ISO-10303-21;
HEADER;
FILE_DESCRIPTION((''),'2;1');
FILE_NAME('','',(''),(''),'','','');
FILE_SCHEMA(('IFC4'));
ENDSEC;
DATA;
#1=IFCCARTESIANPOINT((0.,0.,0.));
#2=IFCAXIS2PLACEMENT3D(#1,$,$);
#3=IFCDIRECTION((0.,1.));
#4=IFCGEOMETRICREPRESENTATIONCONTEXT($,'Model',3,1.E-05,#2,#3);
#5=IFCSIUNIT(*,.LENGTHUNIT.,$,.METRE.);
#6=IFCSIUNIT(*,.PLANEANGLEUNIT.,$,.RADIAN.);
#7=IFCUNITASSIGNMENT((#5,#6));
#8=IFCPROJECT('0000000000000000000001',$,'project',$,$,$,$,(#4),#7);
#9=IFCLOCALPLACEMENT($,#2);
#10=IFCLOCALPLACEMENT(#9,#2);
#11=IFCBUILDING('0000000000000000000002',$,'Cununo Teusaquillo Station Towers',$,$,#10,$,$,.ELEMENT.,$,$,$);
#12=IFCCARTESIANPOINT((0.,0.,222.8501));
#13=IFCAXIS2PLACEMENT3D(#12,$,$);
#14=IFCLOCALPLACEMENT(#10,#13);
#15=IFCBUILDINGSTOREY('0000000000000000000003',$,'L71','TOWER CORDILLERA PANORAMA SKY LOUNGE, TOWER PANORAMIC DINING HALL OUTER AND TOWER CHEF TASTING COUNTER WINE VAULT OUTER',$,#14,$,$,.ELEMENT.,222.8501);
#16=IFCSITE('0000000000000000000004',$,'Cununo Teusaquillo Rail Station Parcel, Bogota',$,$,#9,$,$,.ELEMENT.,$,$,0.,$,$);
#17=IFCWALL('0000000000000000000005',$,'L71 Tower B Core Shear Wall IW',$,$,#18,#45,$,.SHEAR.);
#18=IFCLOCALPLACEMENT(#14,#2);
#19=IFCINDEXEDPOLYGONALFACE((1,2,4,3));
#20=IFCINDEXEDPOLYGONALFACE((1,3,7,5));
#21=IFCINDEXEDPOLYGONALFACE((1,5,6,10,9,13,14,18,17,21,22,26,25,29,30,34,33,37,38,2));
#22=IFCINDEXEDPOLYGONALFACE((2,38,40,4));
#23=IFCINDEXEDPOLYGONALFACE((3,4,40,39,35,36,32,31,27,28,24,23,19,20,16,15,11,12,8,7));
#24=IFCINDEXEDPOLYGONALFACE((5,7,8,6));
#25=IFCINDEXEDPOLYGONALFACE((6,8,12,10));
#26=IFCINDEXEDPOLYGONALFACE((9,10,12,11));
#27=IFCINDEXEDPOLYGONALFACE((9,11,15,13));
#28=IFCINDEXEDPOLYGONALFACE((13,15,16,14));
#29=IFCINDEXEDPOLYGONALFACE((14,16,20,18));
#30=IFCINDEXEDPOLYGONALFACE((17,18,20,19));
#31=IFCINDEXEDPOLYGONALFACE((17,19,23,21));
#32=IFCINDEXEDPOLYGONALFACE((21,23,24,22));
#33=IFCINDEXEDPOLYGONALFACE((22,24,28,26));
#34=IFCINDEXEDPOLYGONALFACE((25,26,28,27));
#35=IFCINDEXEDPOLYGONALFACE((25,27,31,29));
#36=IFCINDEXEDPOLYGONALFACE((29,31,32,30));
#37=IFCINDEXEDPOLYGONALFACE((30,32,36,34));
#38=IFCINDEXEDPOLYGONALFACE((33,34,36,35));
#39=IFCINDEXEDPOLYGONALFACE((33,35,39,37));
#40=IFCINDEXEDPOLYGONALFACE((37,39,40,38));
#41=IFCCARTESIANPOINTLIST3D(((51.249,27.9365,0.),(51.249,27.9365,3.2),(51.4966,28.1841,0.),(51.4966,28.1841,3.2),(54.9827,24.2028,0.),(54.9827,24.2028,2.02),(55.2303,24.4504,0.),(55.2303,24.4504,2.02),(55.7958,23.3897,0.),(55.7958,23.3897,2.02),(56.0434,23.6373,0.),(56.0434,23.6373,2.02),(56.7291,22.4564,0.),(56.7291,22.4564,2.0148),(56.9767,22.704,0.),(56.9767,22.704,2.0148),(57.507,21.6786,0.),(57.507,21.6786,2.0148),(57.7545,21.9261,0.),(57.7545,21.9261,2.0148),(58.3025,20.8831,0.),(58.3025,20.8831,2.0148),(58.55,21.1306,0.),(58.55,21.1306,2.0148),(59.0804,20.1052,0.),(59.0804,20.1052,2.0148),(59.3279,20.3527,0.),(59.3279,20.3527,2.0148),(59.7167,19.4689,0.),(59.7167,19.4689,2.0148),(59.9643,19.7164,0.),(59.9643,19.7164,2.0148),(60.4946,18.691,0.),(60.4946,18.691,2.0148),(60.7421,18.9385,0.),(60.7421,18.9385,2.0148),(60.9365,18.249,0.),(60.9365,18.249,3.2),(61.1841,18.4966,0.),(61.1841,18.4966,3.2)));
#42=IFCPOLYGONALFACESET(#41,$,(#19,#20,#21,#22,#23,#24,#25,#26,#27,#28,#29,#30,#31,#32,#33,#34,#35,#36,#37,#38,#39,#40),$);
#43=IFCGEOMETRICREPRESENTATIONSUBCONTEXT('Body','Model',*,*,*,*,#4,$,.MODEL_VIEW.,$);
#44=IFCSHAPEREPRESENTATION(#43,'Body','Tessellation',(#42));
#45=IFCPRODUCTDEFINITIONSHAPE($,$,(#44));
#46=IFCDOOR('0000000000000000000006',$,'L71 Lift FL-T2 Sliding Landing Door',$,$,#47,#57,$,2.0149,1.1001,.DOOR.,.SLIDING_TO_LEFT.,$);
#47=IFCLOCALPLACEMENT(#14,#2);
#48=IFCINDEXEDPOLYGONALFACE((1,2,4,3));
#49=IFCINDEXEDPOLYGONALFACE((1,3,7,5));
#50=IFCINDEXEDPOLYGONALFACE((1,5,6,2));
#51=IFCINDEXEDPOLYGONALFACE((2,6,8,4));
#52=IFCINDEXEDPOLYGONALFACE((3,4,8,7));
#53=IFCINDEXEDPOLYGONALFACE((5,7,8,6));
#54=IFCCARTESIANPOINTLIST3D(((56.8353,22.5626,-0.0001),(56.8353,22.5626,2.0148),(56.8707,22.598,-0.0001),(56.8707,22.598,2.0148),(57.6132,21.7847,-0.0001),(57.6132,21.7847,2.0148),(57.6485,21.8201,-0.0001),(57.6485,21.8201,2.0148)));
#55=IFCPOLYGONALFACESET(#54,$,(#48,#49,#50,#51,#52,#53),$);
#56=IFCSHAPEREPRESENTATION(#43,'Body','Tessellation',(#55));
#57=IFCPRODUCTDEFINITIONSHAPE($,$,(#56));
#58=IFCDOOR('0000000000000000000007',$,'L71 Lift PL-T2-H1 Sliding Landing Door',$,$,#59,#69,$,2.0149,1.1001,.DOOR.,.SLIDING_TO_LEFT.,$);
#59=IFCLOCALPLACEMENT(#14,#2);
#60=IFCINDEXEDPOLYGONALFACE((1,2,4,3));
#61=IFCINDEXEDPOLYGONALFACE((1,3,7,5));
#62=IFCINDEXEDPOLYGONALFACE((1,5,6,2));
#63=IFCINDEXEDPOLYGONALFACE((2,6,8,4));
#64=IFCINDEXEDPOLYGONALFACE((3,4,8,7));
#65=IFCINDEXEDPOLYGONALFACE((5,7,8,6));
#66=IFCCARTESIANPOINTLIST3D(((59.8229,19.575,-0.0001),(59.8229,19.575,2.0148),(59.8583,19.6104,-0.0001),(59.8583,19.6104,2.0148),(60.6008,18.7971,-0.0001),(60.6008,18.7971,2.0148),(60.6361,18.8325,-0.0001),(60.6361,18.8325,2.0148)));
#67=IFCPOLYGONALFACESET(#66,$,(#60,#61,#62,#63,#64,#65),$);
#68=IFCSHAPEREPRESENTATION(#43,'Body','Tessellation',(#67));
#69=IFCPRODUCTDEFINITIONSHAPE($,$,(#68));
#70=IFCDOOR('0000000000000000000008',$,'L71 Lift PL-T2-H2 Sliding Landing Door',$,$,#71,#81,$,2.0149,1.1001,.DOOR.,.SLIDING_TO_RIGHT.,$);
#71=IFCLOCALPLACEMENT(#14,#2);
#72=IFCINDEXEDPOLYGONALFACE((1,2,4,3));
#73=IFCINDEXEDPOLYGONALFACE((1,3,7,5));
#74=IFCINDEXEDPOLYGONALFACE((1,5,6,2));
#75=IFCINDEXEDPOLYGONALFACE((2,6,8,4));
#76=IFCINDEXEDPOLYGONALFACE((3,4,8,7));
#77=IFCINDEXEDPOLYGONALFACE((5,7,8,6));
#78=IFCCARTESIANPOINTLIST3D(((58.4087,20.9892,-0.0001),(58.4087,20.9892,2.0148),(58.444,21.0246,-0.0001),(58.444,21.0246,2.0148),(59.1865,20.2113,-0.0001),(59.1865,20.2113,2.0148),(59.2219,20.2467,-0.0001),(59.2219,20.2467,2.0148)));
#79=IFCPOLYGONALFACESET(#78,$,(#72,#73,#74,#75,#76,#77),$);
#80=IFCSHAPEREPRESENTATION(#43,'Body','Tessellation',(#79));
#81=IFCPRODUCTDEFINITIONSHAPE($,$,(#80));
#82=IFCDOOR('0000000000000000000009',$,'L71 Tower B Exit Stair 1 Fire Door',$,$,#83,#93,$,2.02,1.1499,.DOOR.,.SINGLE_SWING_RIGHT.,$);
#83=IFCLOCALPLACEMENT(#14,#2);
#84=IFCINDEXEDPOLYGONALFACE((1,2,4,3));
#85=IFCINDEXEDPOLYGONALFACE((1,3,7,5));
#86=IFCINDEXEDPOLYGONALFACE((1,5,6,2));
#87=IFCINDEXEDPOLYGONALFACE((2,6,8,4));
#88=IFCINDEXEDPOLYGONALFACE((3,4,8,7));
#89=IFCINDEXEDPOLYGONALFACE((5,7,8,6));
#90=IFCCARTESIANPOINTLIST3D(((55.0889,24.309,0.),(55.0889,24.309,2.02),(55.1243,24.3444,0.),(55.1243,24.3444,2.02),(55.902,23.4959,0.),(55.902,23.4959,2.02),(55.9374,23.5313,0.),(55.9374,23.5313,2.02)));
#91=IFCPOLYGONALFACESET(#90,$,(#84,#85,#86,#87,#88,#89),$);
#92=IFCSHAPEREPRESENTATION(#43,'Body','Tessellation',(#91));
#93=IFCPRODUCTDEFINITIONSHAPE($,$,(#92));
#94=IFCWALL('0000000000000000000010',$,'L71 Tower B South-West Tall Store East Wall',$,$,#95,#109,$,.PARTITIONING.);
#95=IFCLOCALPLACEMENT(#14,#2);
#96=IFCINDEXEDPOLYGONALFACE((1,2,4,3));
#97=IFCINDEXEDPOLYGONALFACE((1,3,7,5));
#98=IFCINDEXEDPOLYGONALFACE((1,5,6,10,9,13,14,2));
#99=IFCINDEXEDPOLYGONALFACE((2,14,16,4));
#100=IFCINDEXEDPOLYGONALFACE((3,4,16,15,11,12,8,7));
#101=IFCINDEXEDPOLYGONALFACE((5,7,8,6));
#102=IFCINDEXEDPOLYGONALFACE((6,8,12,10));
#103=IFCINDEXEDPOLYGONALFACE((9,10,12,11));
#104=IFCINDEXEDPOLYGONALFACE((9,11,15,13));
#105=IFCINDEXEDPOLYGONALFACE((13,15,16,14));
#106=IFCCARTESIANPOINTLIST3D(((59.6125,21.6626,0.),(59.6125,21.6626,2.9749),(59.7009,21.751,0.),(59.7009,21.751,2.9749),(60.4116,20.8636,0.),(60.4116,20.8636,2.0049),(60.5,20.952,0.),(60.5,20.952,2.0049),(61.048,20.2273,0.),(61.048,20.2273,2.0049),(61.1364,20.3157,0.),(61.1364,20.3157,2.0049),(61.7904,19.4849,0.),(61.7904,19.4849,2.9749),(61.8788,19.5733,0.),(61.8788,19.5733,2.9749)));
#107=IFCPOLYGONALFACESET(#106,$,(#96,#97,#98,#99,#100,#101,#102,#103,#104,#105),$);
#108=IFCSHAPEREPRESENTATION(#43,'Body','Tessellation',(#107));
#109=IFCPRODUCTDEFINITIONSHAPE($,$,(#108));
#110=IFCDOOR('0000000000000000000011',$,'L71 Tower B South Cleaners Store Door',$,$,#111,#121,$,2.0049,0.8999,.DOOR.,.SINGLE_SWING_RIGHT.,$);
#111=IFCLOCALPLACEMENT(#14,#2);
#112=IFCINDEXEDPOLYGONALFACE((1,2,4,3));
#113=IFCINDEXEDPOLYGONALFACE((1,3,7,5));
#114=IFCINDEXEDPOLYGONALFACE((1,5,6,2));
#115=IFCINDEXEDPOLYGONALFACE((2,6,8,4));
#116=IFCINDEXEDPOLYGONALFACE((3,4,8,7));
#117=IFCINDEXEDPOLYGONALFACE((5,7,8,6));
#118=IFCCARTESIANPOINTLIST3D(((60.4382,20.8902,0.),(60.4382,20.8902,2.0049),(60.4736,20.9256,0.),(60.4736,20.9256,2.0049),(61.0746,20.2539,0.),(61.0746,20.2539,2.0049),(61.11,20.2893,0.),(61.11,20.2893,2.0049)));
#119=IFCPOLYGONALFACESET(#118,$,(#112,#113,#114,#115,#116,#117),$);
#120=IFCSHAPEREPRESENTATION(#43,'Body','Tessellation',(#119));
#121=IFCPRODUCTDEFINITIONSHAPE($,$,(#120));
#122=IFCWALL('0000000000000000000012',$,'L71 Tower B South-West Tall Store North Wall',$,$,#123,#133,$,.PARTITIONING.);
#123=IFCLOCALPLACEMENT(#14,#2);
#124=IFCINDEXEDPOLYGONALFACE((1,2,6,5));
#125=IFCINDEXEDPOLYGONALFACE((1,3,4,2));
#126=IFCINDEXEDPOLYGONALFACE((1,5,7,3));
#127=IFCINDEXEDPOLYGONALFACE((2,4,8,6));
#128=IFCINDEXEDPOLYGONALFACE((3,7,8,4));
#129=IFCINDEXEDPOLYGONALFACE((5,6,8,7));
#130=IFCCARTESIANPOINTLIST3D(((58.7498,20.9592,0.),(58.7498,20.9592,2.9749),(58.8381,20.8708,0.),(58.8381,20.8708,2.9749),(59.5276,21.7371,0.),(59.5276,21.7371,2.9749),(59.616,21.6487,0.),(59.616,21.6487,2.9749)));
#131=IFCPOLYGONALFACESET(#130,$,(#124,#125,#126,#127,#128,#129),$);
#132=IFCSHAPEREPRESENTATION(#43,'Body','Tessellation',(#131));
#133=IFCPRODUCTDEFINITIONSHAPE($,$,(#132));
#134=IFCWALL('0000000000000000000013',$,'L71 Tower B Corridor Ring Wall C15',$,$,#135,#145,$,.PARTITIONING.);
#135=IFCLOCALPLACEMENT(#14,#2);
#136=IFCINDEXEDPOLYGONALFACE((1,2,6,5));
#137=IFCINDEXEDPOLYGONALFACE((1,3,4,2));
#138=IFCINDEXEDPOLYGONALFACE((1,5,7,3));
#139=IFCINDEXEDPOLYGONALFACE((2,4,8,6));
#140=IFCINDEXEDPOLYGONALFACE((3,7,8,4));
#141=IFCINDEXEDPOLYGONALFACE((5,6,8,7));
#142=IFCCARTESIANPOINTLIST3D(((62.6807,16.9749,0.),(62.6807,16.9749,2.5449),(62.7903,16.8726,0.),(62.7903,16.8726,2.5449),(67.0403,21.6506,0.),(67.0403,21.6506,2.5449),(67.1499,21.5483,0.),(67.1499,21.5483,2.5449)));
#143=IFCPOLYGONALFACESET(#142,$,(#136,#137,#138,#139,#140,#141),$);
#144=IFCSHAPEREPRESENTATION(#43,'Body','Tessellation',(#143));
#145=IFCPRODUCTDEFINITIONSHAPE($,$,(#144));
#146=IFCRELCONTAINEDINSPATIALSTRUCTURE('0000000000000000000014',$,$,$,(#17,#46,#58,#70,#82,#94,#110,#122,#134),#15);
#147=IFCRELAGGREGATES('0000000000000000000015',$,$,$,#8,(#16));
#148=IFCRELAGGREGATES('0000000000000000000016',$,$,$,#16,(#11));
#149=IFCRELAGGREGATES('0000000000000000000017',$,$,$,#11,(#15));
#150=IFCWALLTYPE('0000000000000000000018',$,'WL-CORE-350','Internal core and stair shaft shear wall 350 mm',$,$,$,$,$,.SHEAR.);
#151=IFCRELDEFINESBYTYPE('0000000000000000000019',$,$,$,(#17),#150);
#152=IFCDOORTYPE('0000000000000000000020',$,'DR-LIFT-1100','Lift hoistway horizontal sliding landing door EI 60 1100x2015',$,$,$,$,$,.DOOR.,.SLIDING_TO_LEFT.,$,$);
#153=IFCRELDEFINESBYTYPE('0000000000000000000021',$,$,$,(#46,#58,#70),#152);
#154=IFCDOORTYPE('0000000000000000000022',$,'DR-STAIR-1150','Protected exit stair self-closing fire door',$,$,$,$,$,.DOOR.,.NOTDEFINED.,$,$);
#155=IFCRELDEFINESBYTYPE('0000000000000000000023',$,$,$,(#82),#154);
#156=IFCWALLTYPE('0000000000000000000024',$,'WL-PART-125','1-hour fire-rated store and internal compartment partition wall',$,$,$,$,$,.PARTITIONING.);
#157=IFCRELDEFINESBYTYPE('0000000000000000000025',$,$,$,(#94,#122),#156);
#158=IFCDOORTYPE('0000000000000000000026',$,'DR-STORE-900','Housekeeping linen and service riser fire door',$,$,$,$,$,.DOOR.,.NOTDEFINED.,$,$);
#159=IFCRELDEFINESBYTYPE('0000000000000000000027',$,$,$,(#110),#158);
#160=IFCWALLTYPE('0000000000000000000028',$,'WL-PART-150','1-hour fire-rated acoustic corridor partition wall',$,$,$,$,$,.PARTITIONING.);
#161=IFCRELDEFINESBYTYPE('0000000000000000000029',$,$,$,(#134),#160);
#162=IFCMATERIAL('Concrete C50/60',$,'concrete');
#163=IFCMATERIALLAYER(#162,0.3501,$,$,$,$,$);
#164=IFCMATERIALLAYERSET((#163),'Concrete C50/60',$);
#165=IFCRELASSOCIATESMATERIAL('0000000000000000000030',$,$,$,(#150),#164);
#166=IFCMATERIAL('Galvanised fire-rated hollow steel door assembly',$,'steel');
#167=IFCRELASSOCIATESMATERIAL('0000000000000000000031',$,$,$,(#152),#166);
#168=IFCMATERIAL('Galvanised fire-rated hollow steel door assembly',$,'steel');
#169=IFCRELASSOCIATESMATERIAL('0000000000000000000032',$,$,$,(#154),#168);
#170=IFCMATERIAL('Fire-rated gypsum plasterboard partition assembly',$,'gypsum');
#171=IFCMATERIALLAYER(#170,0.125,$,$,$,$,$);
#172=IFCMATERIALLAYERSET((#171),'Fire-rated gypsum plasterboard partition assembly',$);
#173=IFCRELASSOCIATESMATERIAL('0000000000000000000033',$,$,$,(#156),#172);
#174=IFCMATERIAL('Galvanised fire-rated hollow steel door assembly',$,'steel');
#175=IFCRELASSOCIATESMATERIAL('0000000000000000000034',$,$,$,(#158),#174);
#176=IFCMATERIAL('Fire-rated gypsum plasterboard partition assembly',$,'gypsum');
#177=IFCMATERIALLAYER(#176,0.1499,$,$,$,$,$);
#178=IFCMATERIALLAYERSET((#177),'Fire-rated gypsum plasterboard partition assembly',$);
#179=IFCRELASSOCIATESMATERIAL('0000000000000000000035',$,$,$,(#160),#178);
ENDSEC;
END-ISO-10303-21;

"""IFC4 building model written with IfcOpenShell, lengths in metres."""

from ifc_helpers import new_model, si_unit, direction, frame, frame_2d, origin, place, context, subcontext, project, spatial, rectangle, extrude, source, transform, mapped, material, layer, layer_set, type_object, element, fill, save


model = new_model("IFC4")

# Units and contexts
model_context = context("Model", 3, precision=1e-05, world=origin(), true_north=direction((0.0, 1.0)))
body_context = subcontext(model_context, "Body", "Model", "MODEL_VIEW")
ifc_project = project(units=[si_unit("LENGTHUNIT", "METRE"), si_unit("PLANEANGLEUNIT", "RADIAN")], contexts=[model_context])

# Site, building, storey
site_placement = place(None, origin())
site = spatial("IfcSite", under=ifc_project, at=site_placement, Name="Cununo Teusaquillo Rail Station Parcel, Bogota", CompositionType="ELEMENT", RefElevation=0.0)
building_placement = place(site_placement, origin())
building = spatial("IfcBuilding", under=site, at=building_placement, Name="Cununo Teusaquillo Station Towers", CompositionType="ELEMENT")
storey_placement = place(building_placement, frame((0.0, 0.0, 222.8501)))
storey = spatial("IfcBuildingStorey", under=building, at=storey_placement, Name="L71", Description="TOWER CORDILLERA PANORAMA SKY LOUNGE, TOWER PANORAMIC DINING HALL OUTER AND TOWER CHEF TASTING COUNTER WINE VAULT OUTER", CompositionType="ELEMENT", Elevation=222.8501)

# Wall, openings, doors
ifc_material_1 = material(Name="Concrete C50/60", Category="concrete")
ifc_layer_1 = layer(ifc_material_1, 0.3501)
ifc_layer_set_1 = layer_set([ifc_layer_1], Name="Concrete C50/60")
wall_type_1 = type_object("IfcWallType", Name="WL-CORE-350", Description="Internal core and stair shaft shear wall 350 mm", PredefinedType="SHEAR", material=ifc_layer_set_1)
wall_1_placement = place(storey_placement, frame((61.0603, 18.3728, 0.0), z_axis=(0.0, 0.0, 1.0), x_axis=(-0.707107, 0.707107, 0.0)))
wall_1 = element("IfcWall", 1, at=wall_1_placement, inside=storey, type_object=wall_type_1, Name="L71 Tower B Core Shear Wall IW", PredefinedType="SHEAR", context=body_context, shape_type="SweptSolid", body=[
    extrude(rectangle(XDim=13.7002, YDim=0.3501, at=frame_2d((6.8501, 0.0))), origin(), (0.0, 0.0, 1.0), 3.2),
])
shared_shape_1 = source(origin(), body_context, "Body", "SweptSolid", [
    extrude(rectangle(XDim=1.1001, YDim=2.0149, at=frame_2d((0.55, 1.0073))), frame((0.0, 0.1851, 0.0), z_axis=(0.0, -1.0, 0.0), x_axis=(1.0, 0.0, 0.0)), (0.0, 0.0, 1.0), 0.3701),
])
opening_1_placement = place(wall_1_placement, frame((4.8501, 0.0, 0.0)))
opening_1 = element("IfcOpeningElement", 2, at=opening_1_placement, cuts=wall_1, PredefinedType="OPENING", context=body_context, shape_type="MappedRepresentation", body=[
    mapped(shared_shape_1, transform((0.0, 0.0, 0.0), x_axis=(1.0, 0.0, 0.0), y_axis=(0.0, 1.0, 0.0), z_axis=(0.0, 0.0, 1.0), scale=1.0)),
])
opening_2_placement = place(wall_1_placement, frame((0.625, 0.0, 0.0)))
opening_2 = element("IfcOpeningElement", 3, at=opening_2_placement, cuts=wall_1, PredefinedType="OPENING", context=body_context, shape_type="MappedRepresentation", body=[
    mapped(shared_shape_1, transform((0.0, 0.0, 0.0), x_axis=(1.0, 0.0, 0.0), y_axis=(0.0, 1.0, 0.0), z_axis=(0.0, 0.0, 1.0), scale=1.0)),
])
opening_3_placement = place(wall_1_placement, frame((2.625, 0.0, 0.0)))
opening_3 = element("IfcOpeningElement", 4, at=opening_3_placement, cuts=wall_1, PredefinedType="OPENING", context=body_context, shape_type="MappedRepresentation", body=[
    mapped(shared_shape_1, transform((0.0, 0.0, 0.0), x_axis=(1.0, 0.0, 0.0), y_axis=(0.0, 1.0, 0.0), z_axis=(0.0, 0.0, 1.0), scale=1.0)),
])
shared_shape_2 = source(origin(), body_context, "Body", "SweptSolid", [
    extrude(rectangle(XDim=1.1499, YDim=2.02, at=frame_2d((0.575, 1.01))), frame((0.0, 0.1851, 0.0), z_axis=(0.0, -1.0, 0.0), x_axis=(1.0, 0.0, 0.0)), (0.0, 0.0, 1.0), 0.3701),
])
opening_4_placement = place(wall_1_placement, frame((7.27, 0.0, 0.0)))
opening_4 = element("IfcOpeningElement", 5, at=opening_4_placement, cuts=wall_1, PredefinedType="OPENING", context=body_context, shape_type="MappedRepresentation", body=[
    mapped(shared_shape_2, transform((0.0, 0.0, 0.0), x_axis=(1.0, 0.0, 0.0), y_axis=(0.0, 1.0, 0.0), z_axis=(0.0, 0.0, 1.0), scale=1.0)),
])
ifc_material_2 = material(Name="Galvanised fire-rated hollow steel door assembly", Category="steel")
door_type_1 = type_object("IfcDoorType", Name="DR-LIFT-1100", Description="Lift hoistway horizontal sliding landing door EI 60 1100x2015", OperationType="SLIDING_TO_LEFT", PredefinedType="DOOR", material=ifc_material_2)
shared_shape_3 = source(origin(), body_context, "Body", "SweptSolid", [
    extrude(rectangle(XDim=1.1001, YDim=2.0149, at=frame_2d((0.55, 1.0073))), frame((0.0, 0.0249, 0.0), z_axis=(0.0, -1.0, 0.0), x_axis=(1.0, 0.0, 0.0)), (0.0, 0.0, 1.0), 0.05),
])
door_1_placement = place(opening_1_placement, origin())
door_1 = element("IfcDoor", 6, at=door_1_placement, inside=storey, type_object=door_type_1, Name="L71 Lift FL-T2 Sliding Landing Door", OperationType="SLIDING_TO_LEFT", OverallHeight=2.0149, OverallWidth=1.1001, PredefinedType="DOOR", context=body_context, shape_type="MappedRepresentation", body=[
    mapped(shared_shape_3, transform((0.0, 0.0, 0.0), x_axis=(1.0, 0.0, 0.0), y_axis=(0.0, 1.0, 0.0), z_axis=(0.0, 0.0, 1.0), scale=1.0)),
])
fill(opening_1, door_1)
door_2_placement = place(opening_2_placement, origin())
door_2 = element("IfcDoor", 7, at=door_2_placement, inside=storey, type_object=door_type_1, Name="L71 Lift PL-T2-H1 Sliding Landing Door", OperationType="SLIDING_TO_LEFT", OverallHeight=2.0149, OverallWidth=1.1001, PredefinedType="DOOR", context=body_context, shape_type="MappedRepresentation", body=[
    mapped(shared_shape_3, transform((0.0, 0.0, 0.0), x_axis=(1.0, 0.0, 0.0), y_axis=(0.0, 1.0, 0.0), z_axis=(0.0, 0.0, 1.0), scale=1.0)),
])
fill(opening_2, door_2)
door_3_placement = place(opening_3_placement, origin())
door_3 = element("IfcDoor", 8, at=door_3_placement, inside=storey, type_object=door_type_1, Name="L71 Lift PL-T2-H2 Sliding Landing Door", OperationType="SLIDING_TO_RIGHT", OverallHeight=2.0149, OverallWidth=1.1001, PredefinedType="DOOR", context=body_context, shape_type="MappedRepresentation", body=[
    mapped(shared_shape_3, transform((0.0, 0.0, 0.0), x_axis=(1.0, 0.0, 0.0), y_axis=(0.0, 1.0, 0.0), z_axis=(0.0, 0.0, 1.0), scale=1.0)),
])
fill(opening_3, door_3)
ifc_material_3 = material(Name="Galvanised fire-rated hollow steel door assembly", Category="steel")
door_type_2 = type_object("IfcDoorType", Name="DR-STAIR-1150", Description="Protected exit stair self-closing fire door", OperationType="NOTDEFINED", PredefinedType="DOOR", material=ifc_material_3)
shared_shape_4 = source(origin(), body_context, "Body", "SweptSolid", [
    extrude(rectangle(XDim=1.1499, YDim=2.02, at=frame_2d((0.575, 1.01))), frame((0.0, 0.0249, 0.0), z_axis=(0.0, -1.0, 0.0), x_axis=(1.0, 0.0, 0.0)), (0.0, 0.0, 1.0), 0.05),
])
door_4_placement = place(opening_4_placement, origin())
door_4 = element("IfcDoor", 9, at=door_4_placement, inside=storey, type_object=door_type_2, Name="L71 Tower B Exit Stair 1 Fire Door", OperationType="SINGLE_SWING_RIGHT", OverallHeight=2.02, OverallWidth=1.1499, PredefinedType="DOOR", context=body_context, shape_type="MappedRepresentation", body=[
    mapped(shared_shape_4, transform((0.0, 0.0, 0.0), x_axis=(1.0, 0.0, 0.0), y_axis=(0.0, 1.0, 0.0), z_axis=(0.0, 0.0, 1.0), scale=1.0)),
])
fill(opening_4, door_4)

# Wall, opening, door
ifc_material_4 = material(Name="Fire-rated gypsum plasterboard partition assembly", Category="gypsum")
ifc_layer_2 = layer(ifc_material_4, 0.125)
ifc_layer_set_2 = layer_set([ifc_layer_2], Name="Fire-rated gypsum plasterboard partition assembly")
wall_type_2 = type_object("IfcWallType", Name="WL-PART-125", Description="1-hour fire-rated store and internal compartment partition wall", PredefinedType="PARTITIONING", material=ifc_layer_set_2)
wall_2_placement = place(storey_placement, frame((61.8347, 19.5291, 0.0), z_axis=(0.0, 0.0, 1.0), x_axis=(-0.707146, 0.707067, 0.0)))
wall_2 = element("IfcWall", 10, at=wall_2_placement, inside=storey, type_object=wall_type_2, Name="L71 Tower B South-West Tall Store East Wall", PredefinedType="PARTITIONING", context=body_context, shape_type="SweptSolid", body=[
    extrude(rectangle(XDim=3.0798, YDim=0.125, at=frame_2d((1.54, 0.0))), origin(), (0.0, 0.0, 1.0), 2.9749),
])
shared_shape_5 = source(origin(), body_context, "Body", "SweptSolid", [
    extrude(rectangle(XDim=0.8999, YDim=2.0049, at=frame_2d((0.45, 1.0024))), frame((0.0, 0.0725, 0.0), z_axis=(0.0, -1.0, 0.0), x_axis=(1.0, 0.0, 0.0)), (0.0, 0.0, 1.0), 0.145),
])
opening_5_placement = place(wall_2_placement, frame((1.05, 0.0, 0.0)))
opening_5 = element("IfcOpeningElement", 11, at=opening_5_placement, cuts=wall_2, PredefinedType="OPENING", context=body_context, shape_type="MappedRepresentation", body=[
    mapped(shared_shape_5, transform((0.0, 0.0, 0.0), x_axis=(1.0, 0.0, 0.0), y_axis=(0.0, 1.0, 0.0), z_axis=(0.0, 0.0, 1.0), scale=1.0)),
])
ifc_material_5 = material(Name="Galvanised fire-rated hollow steel door assembly", Category="steel")
door_type_3 = type_object("IfcDoorType", Name="DR-STORE-900", Description="Housekeeping linen and service riser fire door", OperationType="NOTDEFINED", PredefinedType="DOOR", material=ifc_material_5)
shared_shape_6 = source(origin(), body_context, "Body", "SweptSolid", [
    extrude(rectangle(XDim=0.8999, YDim=2.0049, at=frame_2d((0.45, 1.0024))), frame((0.0, 0.0249, 0.0), z_axis=(0.0, -1.0, 0.0), x_axis=(1.0, 0.0, 0.0)), (0.0, 0.0, 1.0), 0.05),
])
door_5_placement = place(opening_5_placement, origin())
door_5 = element("IfcDoor", 12, at=door_5_placement, inside=storey, type_object=door_type_3, Name="L71 Tower B South Cleaners Store Door", OperationType="SINGLE_SWING_RIGHT", OverallHeight=2.0049, OverallWidth=0.8999, PredefinedType="DOOR", context=body_context, shape_type="MappedRepresentation", body=[
    mapped(shared_shape_6, transform((0.0, 0.0, 0.0), x_axis=(1.0, 0.0, 0.0), y_axis=(0.0, 1.0, 0.0), z_axis=(0.0, 0.0, 1.0), scale=1.0)),
])
fill(opening_5, door_5)

# Walls
wall_3_placement = place(storey_placement, frame((58.7939, 20.915, 0.0), z_axis=(0.0, 0.0, 1.0), x_axis=(0.707107, 0.707107, 0.0)))
element("IfcWall", 13, at=wall_3_placement, inside=storey, type_object=wall_type_2, Name="L71 Tower B South-West Tall Store North Wall", PredefinedType="PARTITIONING", context=body_context, shape_type="SweptSolid", body=[
    extrude(rectangle(XDim=1.1001, YDim=0.125, at=frame_2d((0.55, 0.0))), origin(), (0.0, 0.0, 1.0), 2.9749),
])
ifc_material_6 = material(Name="Fire-rated gypsum plasterboard partition assembly", Category="gypsum")
ifc_layer_3 = layer(ifc_material_6, 0.1499)
ifc_layer_set_3 = layer_set([ifc_layer_3], Name="Fire-rated gypsum plasterboard partition assembly")
wall_type_3 = type_object("IfcWallType", Name="WL-PART-150", Description="1-hour fire-rated acoustic corridor partition wall", PredefinedType="PARTITIONING", material=ifc_layer_set_3)
wall_4_placement = place(storey_placement, frame((62.7356, 16.9238, 0.0), z_axis=(0.0, 0.0, 1.0), x_axis=(0.681947, 0.731402, 0.0)))
element("IfcWall", 14, at=wall_4_placement, inside=storey, type_object=wall_type_3, Name="L71 Tower B Corridor Ring Wall C15", PredefinedType="PARTITIONING", context=body_context, shape_type="SweptSolid", body=[
    extrude(rectangle(XDim=6.3928, YDim=0.1499, at=frame_2d((3.1963, 0.0))), origin(), (0.0, 0.0, 1.0), 2.5449),
])

save(model, "model.ifc")
